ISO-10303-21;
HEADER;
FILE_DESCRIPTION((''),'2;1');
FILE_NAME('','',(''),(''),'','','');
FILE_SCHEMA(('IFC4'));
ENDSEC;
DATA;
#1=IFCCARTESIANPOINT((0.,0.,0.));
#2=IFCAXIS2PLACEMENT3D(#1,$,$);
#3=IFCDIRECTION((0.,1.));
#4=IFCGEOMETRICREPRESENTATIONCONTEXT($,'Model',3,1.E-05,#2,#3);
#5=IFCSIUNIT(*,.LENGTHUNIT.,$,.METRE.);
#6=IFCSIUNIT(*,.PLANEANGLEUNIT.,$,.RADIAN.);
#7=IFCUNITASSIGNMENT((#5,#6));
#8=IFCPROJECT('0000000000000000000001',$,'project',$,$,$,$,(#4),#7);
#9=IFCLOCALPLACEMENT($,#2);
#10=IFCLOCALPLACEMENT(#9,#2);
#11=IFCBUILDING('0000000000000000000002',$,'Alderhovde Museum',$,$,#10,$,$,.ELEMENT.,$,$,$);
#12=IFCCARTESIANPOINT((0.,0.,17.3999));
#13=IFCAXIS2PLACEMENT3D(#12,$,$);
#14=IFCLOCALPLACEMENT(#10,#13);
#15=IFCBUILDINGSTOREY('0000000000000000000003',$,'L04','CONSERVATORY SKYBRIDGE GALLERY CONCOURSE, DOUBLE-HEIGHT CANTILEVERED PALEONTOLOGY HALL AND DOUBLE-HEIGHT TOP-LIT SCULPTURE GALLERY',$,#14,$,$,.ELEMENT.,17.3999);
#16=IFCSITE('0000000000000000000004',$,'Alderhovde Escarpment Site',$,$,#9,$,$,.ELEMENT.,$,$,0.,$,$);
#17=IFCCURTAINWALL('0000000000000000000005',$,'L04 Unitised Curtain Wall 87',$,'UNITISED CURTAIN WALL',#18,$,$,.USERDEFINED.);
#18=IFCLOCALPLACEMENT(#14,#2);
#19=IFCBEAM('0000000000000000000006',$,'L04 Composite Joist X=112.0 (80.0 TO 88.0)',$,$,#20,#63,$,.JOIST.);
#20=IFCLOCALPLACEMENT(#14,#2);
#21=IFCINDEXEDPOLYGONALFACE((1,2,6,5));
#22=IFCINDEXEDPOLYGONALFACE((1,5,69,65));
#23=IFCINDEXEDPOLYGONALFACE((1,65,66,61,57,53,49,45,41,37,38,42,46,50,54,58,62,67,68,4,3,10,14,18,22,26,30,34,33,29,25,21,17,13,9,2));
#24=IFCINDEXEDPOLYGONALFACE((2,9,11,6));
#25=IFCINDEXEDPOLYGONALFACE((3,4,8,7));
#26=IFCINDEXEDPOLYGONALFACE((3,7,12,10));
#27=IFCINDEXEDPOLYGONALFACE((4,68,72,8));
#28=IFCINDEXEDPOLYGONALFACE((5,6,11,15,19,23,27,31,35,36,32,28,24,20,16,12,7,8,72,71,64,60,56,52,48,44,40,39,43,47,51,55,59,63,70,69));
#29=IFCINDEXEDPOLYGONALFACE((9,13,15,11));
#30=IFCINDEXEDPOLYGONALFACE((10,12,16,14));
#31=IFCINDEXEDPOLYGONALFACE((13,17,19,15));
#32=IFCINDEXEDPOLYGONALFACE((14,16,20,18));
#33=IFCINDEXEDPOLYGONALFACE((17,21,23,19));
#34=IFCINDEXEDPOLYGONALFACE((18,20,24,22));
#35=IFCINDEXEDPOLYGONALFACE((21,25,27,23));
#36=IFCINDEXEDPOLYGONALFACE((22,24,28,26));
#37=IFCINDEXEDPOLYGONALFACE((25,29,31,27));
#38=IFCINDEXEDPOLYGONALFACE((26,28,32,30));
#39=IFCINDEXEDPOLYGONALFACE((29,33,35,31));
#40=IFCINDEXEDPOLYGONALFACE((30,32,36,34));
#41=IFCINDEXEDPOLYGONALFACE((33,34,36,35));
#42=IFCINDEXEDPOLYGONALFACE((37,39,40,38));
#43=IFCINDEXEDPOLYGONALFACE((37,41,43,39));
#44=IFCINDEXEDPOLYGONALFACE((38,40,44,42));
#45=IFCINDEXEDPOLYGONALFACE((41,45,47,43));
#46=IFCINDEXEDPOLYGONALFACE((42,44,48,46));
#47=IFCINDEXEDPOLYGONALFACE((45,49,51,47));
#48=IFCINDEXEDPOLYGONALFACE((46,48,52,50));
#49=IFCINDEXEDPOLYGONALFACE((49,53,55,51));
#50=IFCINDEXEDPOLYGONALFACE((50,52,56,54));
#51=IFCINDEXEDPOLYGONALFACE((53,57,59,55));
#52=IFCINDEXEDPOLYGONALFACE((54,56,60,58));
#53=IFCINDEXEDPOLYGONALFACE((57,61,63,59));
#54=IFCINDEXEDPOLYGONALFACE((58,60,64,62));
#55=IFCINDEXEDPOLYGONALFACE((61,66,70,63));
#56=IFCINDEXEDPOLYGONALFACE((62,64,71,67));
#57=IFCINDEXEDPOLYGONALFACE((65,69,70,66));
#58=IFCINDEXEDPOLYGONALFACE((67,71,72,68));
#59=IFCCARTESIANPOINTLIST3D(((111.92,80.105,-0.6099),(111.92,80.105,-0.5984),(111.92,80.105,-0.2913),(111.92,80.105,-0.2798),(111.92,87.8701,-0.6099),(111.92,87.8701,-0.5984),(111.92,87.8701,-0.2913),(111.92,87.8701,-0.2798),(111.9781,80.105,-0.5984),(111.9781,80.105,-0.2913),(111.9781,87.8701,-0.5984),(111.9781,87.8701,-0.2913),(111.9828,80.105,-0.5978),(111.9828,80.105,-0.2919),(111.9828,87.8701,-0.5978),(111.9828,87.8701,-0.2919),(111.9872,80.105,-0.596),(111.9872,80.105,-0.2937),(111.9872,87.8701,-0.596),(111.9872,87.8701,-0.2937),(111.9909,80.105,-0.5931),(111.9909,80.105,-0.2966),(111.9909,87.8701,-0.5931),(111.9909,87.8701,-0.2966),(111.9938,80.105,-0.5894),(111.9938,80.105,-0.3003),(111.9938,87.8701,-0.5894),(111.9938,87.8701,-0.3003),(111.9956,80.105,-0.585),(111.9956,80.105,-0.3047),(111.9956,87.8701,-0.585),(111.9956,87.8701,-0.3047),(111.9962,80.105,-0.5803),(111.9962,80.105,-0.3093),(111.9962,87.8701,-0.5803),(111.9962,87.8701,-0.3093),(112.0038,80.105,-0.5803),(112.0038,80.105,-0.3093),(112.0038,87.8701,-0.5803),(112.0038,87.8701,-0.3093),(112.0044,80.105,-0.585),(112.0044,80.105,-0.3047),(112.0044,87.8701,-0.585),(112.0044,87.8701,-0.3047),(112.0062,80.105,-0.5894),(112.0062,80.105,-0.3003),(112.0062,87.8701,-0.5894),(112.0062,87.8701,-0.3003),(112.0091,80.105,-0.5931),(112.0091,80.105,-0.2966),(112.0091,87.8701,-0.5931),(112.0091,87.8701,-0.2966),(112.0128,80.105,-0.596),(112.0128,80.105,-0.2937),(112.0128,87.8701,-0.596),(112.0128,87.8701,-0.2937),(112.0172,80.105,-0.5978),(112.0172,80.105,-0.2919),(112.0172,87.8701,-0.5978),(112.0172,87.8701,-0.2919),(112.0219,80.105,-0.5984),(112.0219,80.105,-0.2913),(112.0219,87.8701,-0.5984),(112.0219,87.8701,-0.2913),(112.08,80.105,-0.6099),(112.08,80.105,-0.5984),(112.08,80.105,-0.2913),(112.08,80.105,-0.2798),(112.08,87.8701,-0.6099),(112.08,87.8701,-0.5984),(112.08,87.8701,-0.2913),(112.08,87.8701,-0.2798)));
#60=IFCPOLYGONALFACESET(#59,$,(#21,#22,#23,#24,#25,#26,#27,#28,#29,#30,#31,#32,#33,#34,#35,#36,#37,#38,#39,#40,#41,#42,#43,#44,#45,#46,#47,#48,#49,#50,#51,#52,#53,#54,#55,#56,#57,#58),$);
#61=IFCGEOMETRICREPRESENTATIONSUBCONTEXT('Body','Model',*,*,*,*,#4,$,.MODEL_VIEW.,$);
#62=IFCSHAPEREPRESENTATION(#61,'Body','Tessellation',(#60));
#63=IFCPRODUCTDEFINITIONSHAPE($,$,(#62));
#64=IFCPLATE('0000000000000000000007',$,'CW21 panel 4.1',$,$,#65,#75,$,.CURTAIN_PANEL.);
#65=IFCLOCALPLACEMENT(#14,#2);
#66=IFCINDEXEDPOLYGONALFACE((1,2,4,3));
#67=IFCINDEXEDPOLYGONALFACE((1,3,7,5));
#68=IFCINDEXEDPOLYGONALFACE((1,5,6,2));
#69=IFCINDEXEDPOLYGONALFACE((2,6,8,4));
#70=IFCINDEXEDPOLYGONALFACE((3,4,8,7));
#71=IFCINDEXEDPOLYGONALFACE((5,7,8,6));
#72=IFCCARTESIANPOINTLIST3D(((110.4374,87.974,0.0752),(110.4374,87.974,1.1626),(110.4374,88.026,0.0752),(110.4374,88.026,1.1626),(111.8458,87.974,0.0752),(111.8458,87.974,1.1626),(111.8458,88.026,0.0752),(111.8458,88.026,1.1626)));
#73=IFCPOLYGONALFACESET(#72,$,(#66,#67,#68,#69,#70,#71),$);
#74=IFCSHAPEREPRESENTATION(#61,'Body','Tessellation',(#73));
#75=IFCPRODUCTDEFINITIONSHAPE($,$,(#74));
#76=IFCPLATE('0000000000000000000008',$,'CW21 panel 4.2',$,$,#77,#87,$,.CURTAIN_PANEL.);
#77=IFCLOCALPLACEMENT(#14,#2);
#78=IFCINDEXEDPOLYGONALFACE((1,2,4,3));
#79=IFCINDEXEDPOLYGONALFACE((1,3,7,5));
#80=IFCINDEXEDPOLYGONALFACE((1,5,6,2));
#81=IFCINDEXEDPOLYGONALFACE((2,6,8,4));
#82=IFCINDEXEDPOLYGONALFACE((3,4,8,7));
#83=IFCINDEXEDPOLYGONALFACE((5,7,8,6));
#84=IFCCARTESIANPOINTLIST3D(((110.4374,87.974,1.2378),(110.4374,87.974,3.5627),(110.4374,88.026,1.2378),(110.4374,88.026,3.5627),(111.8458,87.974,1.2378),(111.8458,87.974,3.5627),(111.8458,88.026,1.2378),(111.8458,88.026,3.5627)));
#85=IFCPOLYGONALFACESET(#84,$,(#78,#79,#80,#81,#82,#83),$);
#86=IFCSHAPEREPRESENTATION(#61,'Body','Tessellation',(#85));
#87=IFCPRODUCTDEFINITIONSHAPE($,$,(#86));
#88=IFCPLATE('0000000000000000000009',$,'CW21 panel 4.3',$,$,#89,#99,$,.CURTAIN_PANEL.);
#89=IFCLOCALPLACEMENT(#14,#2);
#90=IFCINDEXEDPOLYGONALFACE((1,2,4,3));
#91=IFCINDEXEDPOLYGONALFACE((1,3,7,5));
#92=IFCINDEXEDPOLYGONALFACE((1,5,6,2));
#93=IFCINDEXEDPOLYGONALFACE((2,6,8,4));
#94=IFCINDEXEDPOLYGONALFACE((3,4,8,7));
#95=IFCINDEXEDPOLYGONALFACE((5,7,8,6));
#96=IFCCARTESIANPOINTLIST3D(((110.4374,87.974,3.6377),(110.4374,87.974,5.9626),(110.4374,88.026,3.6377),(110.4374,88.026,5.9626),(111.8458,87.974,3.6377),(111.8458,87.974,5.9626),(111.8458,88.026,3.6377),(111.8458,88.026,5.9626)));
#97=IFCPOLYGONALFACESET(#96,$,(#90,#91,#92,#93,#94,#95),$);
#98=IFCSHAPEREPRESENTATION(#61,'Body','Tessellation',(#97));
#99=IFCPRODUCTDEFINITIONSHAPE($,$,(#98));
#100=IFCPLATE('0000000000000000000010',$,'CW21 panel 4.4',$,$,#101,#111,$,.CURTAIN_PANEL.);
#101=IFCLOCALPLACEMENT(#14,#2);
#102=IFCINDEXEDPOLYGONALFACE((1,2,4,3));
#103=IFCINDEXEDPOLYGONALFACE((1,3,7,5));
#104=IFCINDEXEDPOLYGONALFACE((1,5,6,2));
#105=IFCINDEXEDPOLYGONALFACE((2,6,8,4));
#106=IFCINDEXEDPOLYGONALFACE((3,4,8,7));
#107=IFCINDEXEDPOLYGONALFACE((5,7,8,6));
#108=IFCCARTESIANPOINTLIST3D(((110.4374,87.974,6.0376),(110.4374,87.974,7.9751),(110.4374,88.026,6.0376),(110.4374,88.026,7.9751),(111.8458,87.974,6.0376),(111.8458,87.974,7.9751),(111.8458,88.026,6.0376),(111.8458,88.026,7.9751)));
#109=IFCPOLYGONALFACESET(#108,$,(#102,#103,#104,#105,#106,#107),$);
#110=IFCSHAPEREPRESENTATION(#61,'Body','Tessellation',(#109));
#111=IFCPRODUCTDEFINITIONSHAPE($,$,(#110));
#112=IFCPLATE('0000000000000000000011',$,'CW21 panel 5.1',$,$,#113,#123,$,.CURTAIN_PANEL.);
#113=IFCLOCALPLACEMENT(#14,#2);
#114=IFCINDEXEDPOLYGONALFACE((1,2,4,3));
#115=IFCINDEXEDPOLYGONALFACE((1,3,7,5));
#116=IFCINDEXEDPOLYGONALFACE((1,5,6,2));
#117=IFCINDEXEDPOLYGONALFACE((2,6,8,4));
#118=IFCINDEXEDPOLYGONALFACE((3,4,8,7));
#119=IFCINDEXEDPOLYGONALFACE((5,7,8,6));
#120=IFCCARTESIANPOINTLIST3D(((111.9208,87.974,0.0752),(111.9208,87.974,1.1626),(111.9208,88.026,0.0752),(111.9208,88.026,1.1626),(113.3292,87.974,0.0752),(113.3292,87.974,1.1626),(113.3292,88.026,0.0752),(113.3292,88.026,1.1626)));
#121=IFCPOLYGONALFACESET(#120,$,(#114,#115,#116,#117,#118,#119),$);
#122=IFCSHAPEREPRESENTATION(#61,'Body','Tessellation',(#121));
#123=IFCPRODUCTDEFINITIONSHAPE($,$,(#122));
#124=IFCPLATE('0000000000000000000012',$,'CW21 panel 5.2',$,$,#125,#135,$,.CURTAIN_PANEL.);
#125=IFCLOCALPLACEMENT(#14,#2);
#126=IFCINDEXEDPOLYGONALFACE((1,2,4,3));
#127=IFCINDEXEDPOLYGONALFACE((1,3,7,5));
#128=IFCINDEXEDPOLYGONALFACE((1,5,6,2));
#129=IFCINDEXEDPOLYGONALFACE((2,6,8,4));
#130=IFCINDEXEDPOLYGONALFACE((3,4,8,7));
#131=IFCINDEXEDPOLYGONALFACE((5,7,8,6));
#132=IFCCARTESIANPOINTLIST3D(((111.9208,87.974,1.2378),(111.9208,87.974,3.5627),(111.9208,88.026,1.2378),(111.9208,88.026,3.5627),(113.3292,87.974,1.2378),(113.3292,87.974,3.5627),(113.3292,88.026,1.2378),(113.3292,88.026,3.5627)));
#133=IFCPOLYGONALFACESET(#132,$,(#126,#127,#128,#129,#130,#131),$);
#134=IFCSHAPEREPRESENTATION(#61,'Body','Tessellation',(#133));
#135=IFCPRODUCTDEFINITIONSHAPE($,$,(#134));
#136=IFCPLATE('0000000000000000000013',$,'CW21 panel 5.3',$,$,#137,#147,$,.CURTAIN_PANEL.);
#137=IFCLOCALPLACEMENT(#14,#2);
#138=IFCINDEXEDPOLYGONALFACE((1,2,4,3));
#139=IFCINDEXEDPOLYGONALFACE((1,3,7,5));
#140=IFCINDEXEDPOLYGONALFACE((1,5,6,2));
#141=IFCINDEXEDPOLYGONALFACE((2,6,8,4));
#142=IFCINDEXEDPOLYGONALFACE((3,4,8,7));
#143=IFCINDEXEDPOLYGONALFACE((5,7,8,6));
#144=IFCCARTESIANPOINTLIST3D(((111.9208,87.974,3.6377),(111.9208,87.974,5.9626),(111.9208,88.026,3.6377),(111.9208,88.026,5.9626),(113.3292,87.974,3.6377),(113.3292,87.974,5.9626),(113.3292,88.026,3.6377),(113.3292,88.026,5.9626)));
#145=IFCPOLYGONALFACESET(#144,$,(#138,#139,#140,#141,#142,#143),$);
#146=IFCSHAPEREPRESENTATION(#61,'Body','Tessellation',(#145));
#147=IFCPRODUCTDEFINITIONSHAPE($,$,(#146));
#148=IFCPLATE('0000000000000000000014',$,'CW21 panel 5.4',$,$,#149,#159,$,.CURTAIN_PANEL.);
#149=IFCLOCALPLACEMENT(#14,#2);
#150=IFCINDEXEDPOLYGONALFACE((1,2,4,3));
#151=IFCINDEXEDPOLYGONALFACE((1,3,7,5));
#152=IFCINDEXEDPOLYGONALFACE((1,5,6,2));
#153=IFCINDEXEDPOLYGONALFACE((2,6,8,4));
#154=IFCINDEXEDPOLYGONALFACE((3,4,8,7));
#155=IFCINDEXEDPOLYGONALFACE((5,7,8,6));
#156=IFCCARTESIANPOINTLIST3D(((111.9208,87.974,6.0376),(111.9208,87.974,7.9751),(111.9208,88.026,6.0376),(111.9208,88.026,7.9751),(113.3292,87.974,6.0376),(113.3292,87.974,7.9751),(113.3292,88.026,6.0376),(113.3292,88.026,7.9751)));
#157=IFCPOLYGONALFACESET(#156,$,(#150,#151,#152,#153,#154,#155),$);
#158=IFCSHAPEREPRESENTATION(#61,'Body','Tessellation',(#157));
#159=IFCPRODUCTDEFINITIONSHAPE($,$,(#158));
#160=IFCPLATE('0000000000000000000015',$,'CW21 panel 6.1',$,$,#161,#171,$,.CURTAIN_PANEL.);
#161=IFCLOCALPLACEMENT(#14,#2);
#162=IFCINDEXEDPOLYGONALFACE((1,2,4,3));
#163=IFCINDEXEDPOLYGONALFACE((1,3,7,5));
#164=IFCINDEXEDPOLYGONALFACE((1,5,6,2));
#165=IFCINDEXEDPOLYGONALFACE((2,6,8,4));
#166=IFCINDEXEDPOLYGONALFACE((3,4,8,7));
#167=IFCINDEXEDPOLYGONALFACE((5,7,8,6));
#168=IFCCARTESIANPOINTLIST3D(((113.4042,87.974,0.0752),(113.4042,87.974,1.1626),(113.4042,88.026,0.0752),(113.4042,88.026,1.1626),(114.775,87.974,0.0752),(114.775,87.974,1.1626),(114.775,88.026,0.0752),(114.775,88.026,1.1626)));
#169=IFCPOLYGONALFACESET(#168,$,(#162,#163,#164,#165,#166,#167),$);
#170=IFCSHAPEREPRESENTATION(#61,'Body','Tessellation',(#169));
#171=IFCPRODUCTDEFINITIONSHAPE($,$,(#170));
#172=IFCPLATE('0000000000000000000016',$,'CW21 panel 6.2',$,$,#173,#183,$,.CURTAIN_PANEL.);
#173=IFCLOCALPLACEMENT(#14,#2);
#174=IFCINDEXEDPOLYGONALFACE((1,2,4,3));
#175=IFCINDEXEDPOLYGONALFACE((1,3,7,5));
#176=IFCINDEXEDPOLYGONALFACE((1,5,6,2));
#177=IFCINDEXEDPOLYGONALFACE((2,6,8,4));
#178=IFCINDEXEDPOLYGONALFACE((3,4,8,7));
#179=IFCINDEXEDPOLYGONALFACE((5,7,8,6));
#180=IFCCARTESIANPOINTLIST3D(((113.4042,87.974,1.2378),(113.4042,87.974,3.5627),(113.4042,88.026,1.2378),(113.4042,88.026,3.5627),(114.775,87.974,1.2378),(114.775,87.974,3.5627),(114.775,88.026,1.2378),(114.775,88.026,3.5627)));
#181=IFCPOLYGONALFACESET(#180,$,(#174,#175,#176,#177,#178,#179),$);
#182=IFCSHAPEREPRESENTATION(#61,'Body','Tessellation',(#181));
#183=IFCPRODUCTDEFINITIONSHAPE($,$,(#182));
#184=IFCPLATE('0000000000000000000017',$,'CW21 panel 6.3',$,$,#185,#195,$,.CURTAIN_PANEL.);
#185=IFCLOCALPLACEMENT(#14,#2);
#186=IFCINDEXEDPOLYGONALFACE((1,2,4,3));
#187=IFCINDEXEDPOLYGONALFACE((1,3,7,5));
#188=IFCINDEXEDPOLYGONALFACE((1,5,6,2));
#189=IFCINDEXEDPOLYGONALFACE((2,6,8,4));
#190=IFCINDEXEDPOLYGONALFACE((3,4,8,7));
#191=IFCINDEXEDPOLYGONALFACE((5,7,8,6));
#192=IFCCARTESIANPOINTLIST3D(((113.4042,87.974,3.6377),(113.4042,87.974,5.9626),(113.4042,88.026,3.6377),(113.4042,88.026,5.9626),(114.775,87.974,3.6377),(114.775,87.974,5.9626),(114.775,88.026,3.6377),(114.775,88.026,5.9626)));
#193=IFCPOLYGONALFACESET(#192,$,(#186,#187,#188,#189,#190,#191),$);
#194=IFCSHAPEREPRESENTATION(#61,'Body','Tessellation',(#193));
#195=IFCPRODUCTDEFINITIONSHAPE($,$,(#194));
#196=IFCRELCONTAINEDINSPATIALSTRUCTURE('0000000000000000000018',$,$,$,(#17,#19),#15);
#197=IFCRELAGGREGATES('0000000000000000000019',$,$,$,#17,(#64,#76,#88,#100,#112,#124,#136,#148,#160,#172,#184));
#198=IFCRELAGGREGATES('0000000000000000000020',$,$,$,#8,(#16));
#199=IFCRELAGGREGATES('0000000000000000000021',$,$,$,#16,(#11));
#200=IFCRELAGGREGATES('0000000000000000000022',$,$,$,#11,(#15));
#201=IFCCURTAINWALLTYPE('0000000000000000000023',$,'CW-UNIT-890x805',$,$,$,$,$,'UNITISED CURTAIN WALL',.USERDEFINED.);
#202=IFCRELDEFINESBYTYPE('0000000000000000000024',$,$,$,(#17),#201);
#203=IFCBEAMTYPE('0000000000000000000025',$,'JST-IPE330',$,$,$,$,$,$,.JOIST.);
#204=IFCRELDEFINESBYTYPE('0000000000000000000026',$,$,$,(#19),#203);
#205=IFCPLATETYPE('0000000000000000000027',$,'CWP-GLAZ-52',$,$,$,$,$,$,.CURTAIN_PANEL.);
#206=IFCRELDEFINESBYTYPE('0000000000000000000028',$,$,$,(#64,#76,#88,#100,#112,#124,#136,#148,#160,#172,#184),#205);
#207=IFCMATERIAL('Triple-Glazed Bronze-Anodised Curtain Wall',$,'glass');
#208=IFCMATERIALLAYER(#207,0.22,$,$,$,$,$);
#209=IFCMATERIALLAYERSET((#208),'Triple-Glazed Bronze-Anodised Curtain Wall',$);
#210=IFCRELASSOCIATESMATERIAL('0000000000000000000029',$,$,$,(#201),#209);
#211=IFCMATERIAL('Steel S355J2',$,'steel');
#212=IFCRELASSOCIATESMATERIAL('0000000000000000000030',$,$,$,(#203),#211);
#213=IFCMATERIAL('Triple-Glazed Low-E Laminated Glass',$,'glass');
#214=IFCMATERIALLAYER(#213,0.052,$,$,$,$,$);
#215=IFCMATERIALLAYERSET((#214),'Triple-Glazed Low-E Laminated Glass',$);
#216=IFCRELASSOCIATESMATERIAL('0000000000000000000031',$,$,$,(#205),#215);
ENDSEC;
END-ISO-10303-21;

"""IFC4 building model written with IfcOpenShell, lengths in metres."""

from ifc_helpers import new_model, si_unit, direction, frame, origin, origin_2d, place, context, subcontext, project, spatial, rectangle, i_section, extrude, material, layer, layer_set, material_profile, profile_set, type_object, element, aggregate, save


model = new_model("IFC4")

# Units and contexts
model_context = context("Model", 3, precision=1e-05, world=origin(), true_north=direction((0.0, 1.0)))
body_context = subcontext(model_context, "Body", "Model", "MODEL_VIEW")
ifc_project = project(units=[si_unit("LENGTHUNIT", "METRE"), si_unit("PLANEANGLEUNIT", "RADIAN")], contexts=[model_context])

# Site, building, storey
site_placement = place(None, origin())
site = spatial("IfcSite", under=ifc_project, at=site_placement, Name="Alderhovde Escarpment Site", CompositionType="ELEMENT", RefElevation=0.0)
building_placement = place(site_placement, origin())
building = spatial("IfcBuilding", under=site, at=building_placement, Name="Alderhovde Museum", CompositionType="ELEMENT")
storey_placement = place(building_placement, frame((0.0, 0.0, 17.3999)))
storey = spatial("IfcBuildingStorey", under=building, at=storey_placement, Name="L04", Description="CONSERVATORY SKYBRIDGE GALLERY CONCOURSE, DOUBLE-HEIGHT CANTILEVERED PALEONTOLOGY HALL AND DOUBLE-HEIGHT TOP-LIT SCULPTURE GALLERY", CompositionType="ELEMENT", Elevation=17.3999)

# Curtain wall
ifc_material_1 = material(Name="Triple-Glazed Bronze-Anodised Curtain Wall", Category="glass")
ifc_layer_1 = layer(ifc_material_1, 0.22)
ifc_layer_set_1 = layer_set([ifc_layer_1], Name="Triple-Glazed Bronze-Anodised Curtain Wall")
curtain_wall_type = type_object("IfcCurtainWallType", Name="CW-UNIT-890x805", ElementType="UNITISED CURTAIN WALL", PredefinedType="USERDEFINED", material=ifc_layer_set_1)
curtain_wall_placement = place(storey_placement, origin())
curtain_wall = element("IfcCurtainWall", 1, at=curtain_wall_placement, inside=storey, type_object=curtain_wall_type, Name="L04 Unitised Curtain Wall 87", ObjectType="UNITISED CURTAIN WALL", PredefinedType="USERDEFINED")

# Beam
ifc_material_2 = material(Name="Steel S355J2", Category="steel")
ifc_material_profile_1 = material_profile(ifc_material_2, i_section(OverallWidth=0.1599, OverallDepth=0.3301, WebThickness=0.0076, FlangeThickness=0.0115, FilletRadius=0.0181, at=origin_2d()), Name="IPE 330")
ifc_profile_set_1 = profile_set([ifc_material_profile_1], Name="Steel S355J2")
beam_type_1 = type_object("IfcBeamType", Name="JST-IPE330", PredefinedType="JOIST", material=ifc_profile_set_1)
beam_1_placement = place(storey_placement, frame((112.0, 80.105, -0.4448), z_axis=(0.0, 1.0, 0.0), x_axis=(-1.0, 0.0, 0.0)))
element("IfcBeam", 2, at=beam_1_placement, inside=storey, type_object=beam_type_1, Name="L04 Composite Joist X=112.0 (80.0 TO 88.0)", PredefinedType="JOIST", context=body_context, shape_type="SweptSolid", body=[
    extrude(i_section(OverallWidth=0.1599, OverallDepth=0.3301, WebThickness=0.0076, FlangeThickness=0.0115, FilletRadius=0.0181, at=origin_2d()), origin(), (0.0, 0.0, 1.0), 7.7651),
])

# Plates
ifc_material_3 = material(Name="Triple-Glazed Low-E Laminated Glass", Category="glass")
ifc_layer_2 = layer(ifc_material_3, 0.052)
ifc_layer_set_2 = layer_set([ifc_layer_2], Name="Triple-Glazed Low-E Laminated Glass")
plate_type = type_object("IfcPlateType", Name="CWP-GLAZ-52", PredefinedType="CURTAIN_PANEL", material=ifc_layer_set_2)
plate_1_placement = place(storey_placement, frame((111.1416, 88.0, 0.0752), z_axis=(0.0, 0.0, 1.0), x_axis=(1.0, 0.0, 0.0)))
plate_1 = element("IfcPlate", 3, at=plate_1_placement, type_object=plate_type, Name="CW21 panel 4.1", PredefinedType="CURTAIN_PANEL", context=body_context, shape_type="SweptSolid", body=[
    extrude(rectangle(XDim=1.4084, YDim=0.052, at=origin_2d()), origin(), (0.0, 0.0, 1.0), 1.0874),
])
plate_2_placement = place(storey_placement, frame((111.1416, 88.0, 1.2378), z_axis=(0.0, 0.0, 1.0), x_axis=(1.0, 0.0, 0.0)))
plate_2 = element("IfcPlate", 4, at=plate_2_placement, type_object=plate_type, Name="CW21 panel 4.2", PredefinedType="CURTAIN_PANEL", context=body_context, shape_type="SweptSolid", body=[
    extrude(rectangle(XDim=1.4084, YDim=0.052, at=origin_2d()), origin(), (0.0, 0.0, 1.0), 2.325),
])
plate_3_placement = place(storey_placement, frame((111.1416, 88.0, 3.6377), z_axis=(0.0, 0.0, 1.0), x_axis=(1.0, 0.0, 0.0)))
plate_3 = element("IfcPlate", 5, at=plate_3_placement, type_object=plate_type, Name="CW21 panel 4.3", PredefinedType="CURTAIN_PANEL", context=body_context, shape_type="SweptSolid", body=[
    extrude(rectangle(XDim=1.4084, YDim=0.052, at=origin_2d()), origin(), (0.0, 0.0, 1.0), 2.325),
])
plate_4_placement = place(storey_placement, frame((111.1416, 88.0, 6.0376), z_axis=(0.0, 0.0, 1.0), x_axis=(1.0, 0.0, 0.0)))
plate_4 = element("IfcPlate", 6, at=plate_4_placement, type_object=plate_type, Name="CW21 panel 4.4", PredefinedType="CURTAIN_PANEL", context=body_context, shape_type="SweptSolid", body=[
    extrude(rectangle(XDim=1.4084, YDim=0.052, at=origin_2d()), origin(), (0.0, 0.0, 1.0), 1.9375),
])
plate_5_placement = place(storey_placement, frame((112.625, 88.0, 0.0752), z_axis=(0.0, 0.0, 1.0), x_axis=(1.0, 0.0, 0.0)))
plate_5 = element("IfcPlate", 7, at=plate_5_placement, type_object=plate_type, Name="CW21 panel 5.1", PredefinedType="CURTAIN_PANEL", context=body_context, shape_type="SweptSolid", body=[
    extrude(rectangle(XDim=1.4084, YDim=0.052, at=origin_2d()), origin(), (0.0, 0.0, 1.0), 1.0874),
])
plate_6_placement = place(storey_placement, frame((112.625, 88.0, 1.2378), z_axis=(0.0, 0.0, 1.0), x_axis=(1.0, 0.0, 0.0)))
plate_6 = element("IfcPlate", 8, at=plate_6_placement, type_object=plate_type, Name="CW21 panel 5.2", PredefinedType="CURTAIN_PANEL", context=body_context, shape_type="SweptSolid", body=[
    extrude(rectangle(XDim=1.4084, YDim=0.052, at=origin_2d()), origin(), (0.0, 0.0, 1.0), 2.325),
])
plate_7_placement = place(storey_placement, frame((112.625, 88.0, 3.6377), z_axis=(0.0, 0.0, 1.0), x_axis=(1.0, 0.0, 0.0)))
plate_7 = element("IfcPlate", 9, at=plate_7_placement, type_object=plate_type, Name="CW21 panel 5.3", PredefinedType="CURTAIN_PANEL", context=body_context, shape_type="SweptSolid", body=[
    extrude(rectangle(XDim=1.4084, YDim=0.052, at=origin_2d()), origin(), (0.0, 0.0, 1.0), 2.325),
])
plate_8_placement = place(storey_placement, frame((112.625, 88.0, 6.0376), z_axis=(0.0, 0.0, 1.0), x_axis=(1.0, 0.0, 0.0)))
plate_8 = element("IfcPlate", 10, at=plate_8_placement, type_object=plate_type, Name="CW21 panel 5.4", PredefinedType="CURTAIN_PANEL", context=body_context, shape_type="SweptSolid", body=[
    extrude(rectangle(XDim=1.4084, YDim=0.052, at=origin_2d()), origin(), (0.0, 0.0, 1.0), 1.9375),
])
plate_9_placement = place(storey_placement, frame((114.0896, 88.0, 0.0752), z_axis=(0.0, 0.0, 1.0), x_axis=(1.0, 0.0, 0.0)))
plate_9 = element("IfcPlate", 11, at=plate_9_placement, type_object=plate_type, Name="CW21 panel 6.1", PredefinedType="CURTAIN_PANEL", context=body_context, shape_type="SweptSolid", body=[
    extrude(rectangle(XDim=1.3708, YDim=0.052, at=origin_2d()), origin(), (0.0, 0.0, 1.0), 1.0874),
])
plate_10_placement = place(storey_placement, frame((114.0896, 88.0, 1.2378), z_axis=(0.0, 0.0, 1.0), x_axis=(1.0, 0.0, 0.0)))
plate_10 = element("IfcPlate", 12, at=plate_10_placement, type_object=plate_type, Name="CW21 panel 6.2", PredefinedType="CURTAIN_PANEL", context=body_context, shape_type="SweptSolid", body=[
    extrude(rectangle(XDim=1.3708, YDim=0.052, at=origin_2d()), origin(), (0.0, 0.0, 1.0), 2.325),
])
plate_11_placement = place(storey_placement, frame((114.0896, 88.0, 3.6377), z_axis=(0.0, 0.0, 1.0), x_axis=(1.0, 0.0, 0.0)))
plate_11 = element("IfcPlate", 13, at=plate_11_placement, type_object=plate_type, Name="CW21 panel 6.3", PredefinedType="CURTAIN_PANEL", context=body_context, shape_type="SweptSolid", body=[
    extrude(rectangle(XDim=1.3708, YDim=0.052, at=origin_2d()), origin(), (0.0, 0.0, 1.0), 2.325),
])
aggregate(curtain_wall, [plate_1, plate_2, plate_3, plate_4, plate_5, plate_6, plate_7, plate_8, plate_9, plate_10, plate_11])

save(model, "model.ifc")
